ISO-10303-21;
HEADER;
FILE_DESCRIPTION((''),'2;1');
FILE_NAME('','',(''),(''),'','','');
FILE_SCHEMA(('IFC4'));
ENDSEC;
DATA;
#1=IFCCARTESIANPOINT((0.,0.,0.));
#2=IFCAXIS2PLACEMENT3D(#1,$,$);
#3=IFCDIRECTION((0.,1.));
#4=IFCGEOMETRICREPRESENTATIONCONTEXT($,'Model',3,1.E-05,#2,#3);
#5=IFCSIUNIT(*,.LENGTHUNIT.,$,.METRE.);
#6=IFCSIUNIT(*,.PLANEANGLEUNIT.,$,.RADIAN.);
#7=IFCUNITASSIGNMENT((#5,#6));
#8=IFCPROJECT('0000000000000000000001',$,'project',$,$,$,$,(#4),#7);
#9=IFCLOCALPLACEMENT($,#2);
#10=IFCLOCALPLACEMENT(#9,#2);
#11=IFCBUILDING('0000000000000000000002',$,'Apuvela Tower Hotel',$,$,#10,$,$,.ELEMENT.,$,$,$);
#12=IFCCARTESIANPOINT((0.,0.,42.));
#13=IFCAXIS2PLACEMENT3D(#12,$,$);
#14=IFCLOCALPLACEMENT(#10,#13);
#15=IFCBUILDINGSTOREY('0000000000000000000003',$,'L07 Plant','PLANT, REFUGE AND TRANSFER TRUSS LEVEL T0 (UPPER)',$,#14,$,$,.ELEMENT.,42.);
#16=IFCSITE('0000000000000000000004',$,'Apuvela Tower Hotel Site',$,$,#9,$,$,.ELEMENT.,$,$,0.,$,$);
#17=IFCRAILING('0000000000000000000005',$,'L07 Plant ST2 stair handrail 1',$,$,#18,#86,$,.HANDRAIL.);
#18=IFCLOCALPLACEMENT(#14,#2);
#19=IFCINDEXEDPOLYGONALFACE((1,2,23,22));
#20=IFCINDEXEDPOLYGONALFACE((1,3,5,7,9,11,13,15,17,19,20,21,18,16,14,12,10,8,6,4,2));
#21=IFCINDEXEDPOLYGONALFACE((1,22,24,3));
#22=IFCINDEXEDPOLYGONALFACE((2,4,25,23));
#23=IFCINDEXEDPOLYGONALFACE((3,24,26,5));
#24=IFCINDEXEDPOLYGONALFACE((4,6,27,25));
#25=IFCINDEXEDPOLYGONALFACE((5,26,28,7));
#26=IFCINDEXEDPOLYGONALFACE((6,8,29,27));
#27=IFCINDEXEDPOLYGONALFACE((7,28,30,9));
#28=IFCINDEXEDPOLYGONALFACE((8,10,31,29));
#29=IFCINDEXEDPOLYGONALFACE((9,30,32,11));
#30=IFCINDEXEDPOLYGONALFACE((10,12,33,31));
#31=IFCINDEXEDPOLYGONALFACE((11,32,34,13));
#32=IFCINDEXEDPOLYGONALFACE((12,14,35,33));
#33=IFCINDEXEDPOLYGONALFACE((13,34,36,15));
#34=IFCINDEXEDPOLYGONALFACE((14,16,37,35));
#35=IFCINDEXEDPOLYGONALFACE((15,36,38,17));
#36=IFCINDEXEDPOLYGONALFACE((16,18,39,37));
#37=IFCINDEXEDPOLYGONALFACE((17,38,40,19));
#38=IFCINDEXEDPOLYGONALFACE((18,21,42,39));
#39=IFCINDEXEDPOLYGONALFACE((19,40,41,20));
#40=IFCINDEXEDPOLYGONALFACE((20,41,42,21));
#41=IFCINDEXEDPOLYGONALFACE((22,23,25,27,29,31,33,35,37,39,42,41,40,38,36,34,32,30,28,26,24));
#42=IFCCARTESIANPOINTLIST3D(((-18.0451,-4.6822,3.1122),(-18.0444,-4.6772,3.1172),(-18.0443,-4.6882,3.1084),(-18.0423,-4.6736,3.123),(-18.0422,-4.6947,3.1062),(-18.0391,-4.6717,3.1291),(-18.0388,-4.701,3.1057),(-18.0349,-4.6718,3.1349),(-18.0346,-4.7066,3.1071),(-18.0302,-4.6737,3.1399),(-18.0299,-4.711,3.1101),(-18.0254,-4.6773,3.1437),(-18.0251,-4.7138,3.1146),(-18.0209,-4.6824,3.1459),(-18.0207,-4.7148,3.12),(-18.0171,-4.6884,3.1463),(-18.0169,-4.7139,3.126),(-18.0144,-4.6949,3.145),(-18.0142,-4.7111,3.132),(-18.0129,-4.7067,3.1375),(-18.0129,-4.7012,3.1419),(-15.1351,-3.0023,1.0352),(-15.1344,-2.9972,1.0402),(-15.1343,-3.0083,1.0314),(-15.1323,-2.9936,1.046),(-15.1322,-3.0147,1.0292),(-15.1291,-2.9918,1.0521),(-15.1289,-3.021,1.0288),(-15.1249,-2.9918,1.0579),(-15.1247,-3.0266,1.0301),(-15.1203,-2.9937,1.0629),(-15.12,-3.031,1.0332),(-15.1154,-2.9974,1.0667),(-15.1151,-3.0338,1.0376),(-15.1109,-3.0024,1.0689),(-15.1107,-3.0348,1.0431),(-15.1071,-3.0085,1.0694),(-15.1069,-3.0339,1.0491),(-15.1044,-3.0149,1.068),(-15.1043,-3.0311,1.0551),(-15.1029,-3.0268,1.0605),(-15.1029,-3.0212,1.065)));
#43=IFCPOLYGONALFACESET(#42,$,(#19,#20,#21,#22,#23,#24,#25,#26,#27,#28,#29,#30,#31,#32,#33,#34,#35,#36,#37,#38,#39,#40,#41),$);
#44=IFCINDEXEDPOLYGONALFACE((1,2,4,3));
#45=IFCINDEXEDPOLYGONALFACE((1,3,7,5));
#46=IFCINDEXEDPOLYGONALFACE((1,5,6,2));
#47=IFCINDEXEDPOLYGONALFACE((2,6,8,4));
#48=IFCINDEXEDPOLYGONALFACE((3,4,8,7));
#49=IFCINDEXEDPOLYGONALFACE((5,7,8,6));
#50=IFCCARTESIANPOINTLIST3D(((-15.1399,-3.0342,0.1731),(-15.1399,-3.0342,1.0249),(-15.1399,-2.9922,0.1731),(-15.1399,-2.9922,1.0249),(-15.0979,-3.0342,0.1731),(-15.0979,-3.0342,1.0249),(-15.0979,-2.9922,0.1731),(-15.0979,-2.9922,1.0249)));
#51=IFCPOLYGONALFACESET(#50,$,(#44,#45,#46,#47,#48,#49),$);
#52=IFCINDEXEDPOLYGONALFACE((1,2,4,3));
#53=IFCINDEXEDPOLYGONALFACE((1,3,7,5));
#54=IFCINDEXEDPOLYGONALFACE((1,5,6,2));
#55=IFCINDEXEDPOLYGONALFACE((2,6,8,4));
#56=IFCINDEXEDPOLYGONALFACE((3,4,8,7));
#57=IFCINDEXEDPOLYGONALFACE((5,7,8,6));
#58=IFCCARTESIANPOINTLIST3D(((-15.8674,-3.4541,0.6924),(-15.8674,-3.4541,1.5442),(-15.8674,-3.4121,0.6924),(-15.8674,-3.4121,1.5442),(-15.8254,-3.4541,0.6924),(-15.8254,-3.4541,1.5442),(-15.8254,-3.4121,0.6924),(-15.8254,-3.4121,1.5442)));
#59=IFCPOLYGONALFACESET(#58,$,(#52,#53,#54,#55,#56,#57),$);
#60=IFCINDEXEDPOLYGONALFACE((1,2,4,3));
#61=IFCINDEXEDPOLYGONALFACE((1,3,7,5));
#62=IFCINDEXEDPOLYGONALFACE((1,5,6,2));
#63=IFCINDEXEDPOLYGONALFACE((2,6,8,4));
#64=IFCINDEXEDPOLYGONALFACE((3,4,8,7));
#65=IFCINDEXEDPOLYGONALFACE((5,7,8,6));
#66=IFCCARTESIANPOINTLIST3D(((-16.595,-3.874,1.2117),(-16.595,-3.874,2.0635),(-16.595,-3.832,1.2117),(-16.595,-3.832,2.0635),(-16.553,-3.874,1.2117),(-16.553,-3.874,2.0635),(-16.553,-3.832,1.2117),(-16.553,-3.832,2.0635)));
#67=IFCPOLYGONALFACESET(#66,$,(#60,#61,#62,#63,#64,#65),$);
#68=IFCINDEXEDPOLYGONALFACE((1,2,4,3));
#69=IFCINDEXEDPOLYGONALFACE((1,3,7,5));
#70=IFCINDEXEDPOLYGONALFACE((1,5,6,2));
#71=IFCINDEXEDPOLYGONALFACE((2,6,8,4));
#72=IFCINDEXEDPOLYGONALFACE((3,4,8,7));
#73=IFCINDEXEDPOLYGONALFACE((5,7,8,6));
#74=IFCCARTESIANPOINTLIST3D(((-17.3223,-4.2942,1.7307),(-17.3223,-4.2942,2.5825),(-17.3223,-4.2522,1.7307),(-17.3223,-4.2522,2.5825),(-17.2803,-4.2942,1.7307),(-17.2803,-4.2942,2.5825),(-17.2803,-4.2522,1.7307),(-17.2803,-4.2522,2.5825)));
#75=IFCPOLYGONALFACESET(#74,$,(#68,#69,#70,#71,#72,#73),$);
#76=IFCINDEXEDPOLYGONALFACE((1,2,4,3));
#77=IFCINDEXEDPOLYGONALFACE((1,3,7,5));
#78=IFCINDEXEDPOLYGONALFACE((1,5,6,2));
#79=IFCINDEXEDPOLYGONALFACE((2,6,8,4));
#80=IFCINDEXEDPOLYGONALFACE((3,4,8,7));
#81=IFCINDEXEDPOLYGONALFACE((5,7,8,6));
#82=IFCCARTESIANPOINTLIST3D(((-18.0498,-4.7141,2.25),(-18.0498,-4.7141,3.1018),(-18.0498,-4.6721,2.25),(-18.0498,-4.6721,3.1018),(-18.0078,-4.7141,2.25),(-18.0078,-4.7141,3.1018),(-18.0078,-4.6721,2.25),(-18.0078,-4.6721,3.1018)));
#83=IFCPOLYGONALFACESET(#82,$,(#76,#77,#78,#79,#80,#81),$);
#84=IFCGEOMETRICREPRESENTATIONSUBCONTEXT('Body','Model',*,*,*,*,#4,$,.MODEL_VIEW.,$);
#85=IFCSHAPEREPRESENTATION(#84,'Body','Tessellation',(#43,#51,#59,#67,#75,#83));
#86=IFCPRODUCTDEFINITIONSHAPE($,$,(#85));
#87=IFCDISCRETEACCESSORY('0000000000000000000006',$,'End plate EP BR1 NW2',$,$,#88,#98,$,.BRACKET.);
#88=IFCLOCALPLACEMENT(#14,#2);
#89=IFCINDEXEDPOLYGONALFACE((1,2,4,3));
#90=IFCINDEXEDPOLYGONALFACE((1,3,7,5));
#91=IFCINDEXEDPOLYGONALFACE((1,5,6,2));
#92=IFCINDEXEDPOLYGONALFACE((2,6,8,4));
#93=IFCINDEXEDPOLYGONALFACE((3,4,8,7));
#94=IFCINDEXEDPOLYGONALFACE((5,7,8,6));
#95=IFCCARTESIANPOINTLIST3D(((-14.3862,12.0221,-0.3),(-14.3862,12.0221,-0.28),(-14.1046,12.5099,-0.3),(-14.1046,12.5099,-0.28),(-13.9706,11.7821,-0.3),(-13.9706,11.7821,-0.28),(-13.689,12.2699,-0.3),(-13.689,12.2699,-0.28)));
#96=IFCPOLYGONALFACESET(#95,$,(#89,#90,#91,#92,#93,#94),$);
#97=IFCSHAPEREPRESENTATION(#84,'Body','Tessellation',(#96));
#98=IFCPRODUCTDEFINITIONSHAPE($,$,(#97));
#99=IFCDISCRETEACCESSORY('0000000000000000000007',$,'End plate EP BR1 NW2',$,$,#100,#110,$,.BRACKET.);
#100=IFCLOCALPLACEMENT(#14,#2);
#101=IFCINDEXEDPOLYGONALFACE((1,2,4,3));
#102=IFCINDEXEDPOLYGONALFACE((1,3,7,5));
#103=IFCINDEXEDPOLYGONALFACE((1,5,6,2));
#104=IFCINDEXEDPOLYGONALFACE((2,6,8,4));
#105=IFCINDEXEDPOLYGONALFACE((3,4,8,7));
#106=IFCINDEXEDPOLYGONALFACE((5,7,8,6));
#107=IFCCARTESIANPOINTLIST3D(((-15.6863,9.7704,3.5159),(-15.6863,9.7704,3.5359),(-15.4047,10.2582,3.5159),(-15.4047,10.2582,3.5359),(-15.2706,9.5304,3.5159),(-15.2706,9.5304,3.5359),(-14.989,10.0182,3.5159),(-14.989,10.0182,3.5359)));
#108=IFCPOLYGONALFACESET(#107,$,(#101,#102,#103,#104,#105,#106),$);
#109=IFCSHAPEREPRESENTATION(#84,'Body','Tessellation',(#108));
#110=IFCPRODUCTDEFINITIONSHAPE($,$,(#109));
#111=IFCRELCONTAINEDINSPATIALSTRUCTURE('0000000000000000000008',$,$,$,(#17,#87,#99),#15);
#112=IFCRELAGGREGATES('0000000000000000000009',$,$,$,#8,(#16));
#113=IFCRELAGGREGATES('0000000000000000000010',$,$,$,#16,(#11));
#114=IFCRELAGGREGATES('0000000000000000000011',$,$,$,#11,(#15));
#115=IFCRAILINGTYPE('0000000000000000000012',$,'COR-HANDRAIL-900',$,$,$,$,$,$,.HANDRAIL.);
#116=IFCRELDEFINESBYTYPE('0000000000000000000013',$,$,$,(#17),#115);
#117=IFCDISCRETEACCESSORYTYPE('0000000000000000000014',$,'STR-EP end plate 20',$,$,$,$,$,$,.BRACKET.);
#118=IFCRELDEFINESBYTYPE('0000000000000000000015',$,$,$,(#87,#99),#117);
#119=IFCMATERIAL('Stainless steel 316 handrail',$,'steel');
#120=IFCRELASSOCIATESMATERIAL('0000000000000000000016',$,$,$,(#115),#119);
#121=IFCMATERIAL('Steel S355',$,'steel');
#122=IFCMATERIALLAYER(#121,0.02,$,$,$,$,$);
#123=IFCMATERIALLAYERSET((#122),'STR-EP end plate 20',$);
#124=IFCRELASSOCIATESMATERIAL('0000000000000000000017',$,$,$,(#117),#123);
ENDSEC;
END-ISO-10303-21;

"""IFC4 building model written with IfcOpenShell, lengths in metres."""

from ifc_helpers import new_model, si_unit, direction, frame, origin, origin_2d, place, context, subcontext, project, spatial, rectangle, circle, extrude, material, layer, layer_set, type_object, element, save


model = new_model("IFC4")

# Units and contexts
model_context = context("Model", 3, precision=1e-05, world=origin(), true_north=direction((0.0, 1.0)))
body_context = subcontext(model_context, "Body", "Model", "MODEL_VIEW")
ifc_project = project(units=[si_unit("LENGTHUNIT", "METRE"), si_unit("PLANEANGLEUNIT", "RADIAN")], contexts=[model_context])

# Site, building, storey
site_placement = place(None, origin())
site = spatial("IfcSite", under=ifc_project, at=site_placement, Name="Apuvela Tower Hotel Site", CompositionType="ELEMENT", RefElevation=0.0)
building_placement = place(site_placement, origin())
building = spatial("IfcBuilding", under=site, at=building_placement, Name="Apuvela Tower Hotel", CompositionType="ELEMENT")
storey_placement = place(building_placement, frame((0.0, 0.0, 42.0)))
storey = spatial("IfcBuildingStorey", under=building, at=storey_placement, Name="L07 Plant", Description="PLANT, REFUGE AND TRANSFER TRUSS LEVEL T0 (UPPER)", CompositionType="ELEMENT", Elevation=42.0)

# Shared definitions
ifc_material_1 = material(Name="Steel S355", Category="steel")

# Railing
ifc_material_2 = material(Name="Stainless steel 316 handrail", Category="steel")
railing_type_1 = type_object("IfcRailingType", Name="COR-HANDRAIL-900", PredefinedType="HANDRAIL", material=ifc_material_2)
railing_1_placement = place(storey_placement, frame((-15.1189, -3.0132, 0.1731)))
element("IfcRailing", 1, at=railing_1_placement, inside=storey, type_object=railing_type_1, Name="L07 Plant ST2 stair handrail 1", PredefinedType="HANDRAIL", context=body_context, shape_type="SweptSolid", body=[
    extrude(circle(Radius=0.0239, at=origin_2d()), frame((0.0, 0.0, 0.876), z_axis=(-0.736668, -0.425288, 0.525785), x_axis=(0.499976, -0.866039, 0.0)), (0.0, 0.0, 1.0), 3.9502),
    extrude(rectangle(XDim=0.042, YDim=0.042, at=origin_2d()), origin(), (0.0, 0.0, 1.0), 0.8518),
    extrude(rectangle(XDim=0.042, YDim=0.042, at=origin_2d()), frame((-0.7275, -0.4199, 0.5193)), (0.0, 0.0, 1.0), 0.8518),
    extrude(rectangle(XDim=0.042, YDim=0.042, at=origin_2d()), frame((-1.4551, -0.8398, 1.0386)), (0.0, 0.0, 1.0), 0.8518),
    extrude(rectangle(XDim=0.042, YDim=0.042, at=origin_2d()), frame((-2.1824, -1.26, 1.5576)), (0.0, 0.0, 1.0), 0.8518),
    extrude(rectangle(XDim=0.042, YDim=0.042, at=origin_2d()), frame((-2.9099, -1.6799, 2.0769)), (0.0, 0.0, 1.0), 0.8518),
])

# Discrete accessories
ifc_layer_1 = layer(ifc_material_1, 0.02)
ifc_layer_set_1 = layer_set([ifc_layer_1], Name="STR-EP end plate 20")
discrete_accessory_type = type_object("IfcDiscreteAccessoryType", Name="STR-EP end plate 20", PredefinedType="BRACKET", material=ifc_layer_set_1)
for number, where, z_axis, x_axis, name in (
    (2, (-14.0376, 12.146, -0.3), (0.0, 0.0, 1.0), (-0.5, -0.866025, 0.0), "End plate EP BR1 NW2"),
    (3, (-15.3376, 9.8943, 3.5159), (0.0, 0.0, 1.0), (-0.5, -0.866025, 0.0), "End plate EP BR1 NW2"),
):
    element("IfcDiscreteAccessory", number, at=place(storey_placement, frame(where, z_axis=z_axis, x_axis=x_axis)), inside=storey, type_object=discrete_accessory_type, Name=name, PredefinedType="BRACKET", context=body_context, shape_type="SweptSolid", body=[
        extrude(rectangle(XDim=0.5632, YDim=0.48, at=origin_2d()), origin(), (0.0, 0.0, 1.0), 0.02),
    ])

save(model, "model.ifc")
